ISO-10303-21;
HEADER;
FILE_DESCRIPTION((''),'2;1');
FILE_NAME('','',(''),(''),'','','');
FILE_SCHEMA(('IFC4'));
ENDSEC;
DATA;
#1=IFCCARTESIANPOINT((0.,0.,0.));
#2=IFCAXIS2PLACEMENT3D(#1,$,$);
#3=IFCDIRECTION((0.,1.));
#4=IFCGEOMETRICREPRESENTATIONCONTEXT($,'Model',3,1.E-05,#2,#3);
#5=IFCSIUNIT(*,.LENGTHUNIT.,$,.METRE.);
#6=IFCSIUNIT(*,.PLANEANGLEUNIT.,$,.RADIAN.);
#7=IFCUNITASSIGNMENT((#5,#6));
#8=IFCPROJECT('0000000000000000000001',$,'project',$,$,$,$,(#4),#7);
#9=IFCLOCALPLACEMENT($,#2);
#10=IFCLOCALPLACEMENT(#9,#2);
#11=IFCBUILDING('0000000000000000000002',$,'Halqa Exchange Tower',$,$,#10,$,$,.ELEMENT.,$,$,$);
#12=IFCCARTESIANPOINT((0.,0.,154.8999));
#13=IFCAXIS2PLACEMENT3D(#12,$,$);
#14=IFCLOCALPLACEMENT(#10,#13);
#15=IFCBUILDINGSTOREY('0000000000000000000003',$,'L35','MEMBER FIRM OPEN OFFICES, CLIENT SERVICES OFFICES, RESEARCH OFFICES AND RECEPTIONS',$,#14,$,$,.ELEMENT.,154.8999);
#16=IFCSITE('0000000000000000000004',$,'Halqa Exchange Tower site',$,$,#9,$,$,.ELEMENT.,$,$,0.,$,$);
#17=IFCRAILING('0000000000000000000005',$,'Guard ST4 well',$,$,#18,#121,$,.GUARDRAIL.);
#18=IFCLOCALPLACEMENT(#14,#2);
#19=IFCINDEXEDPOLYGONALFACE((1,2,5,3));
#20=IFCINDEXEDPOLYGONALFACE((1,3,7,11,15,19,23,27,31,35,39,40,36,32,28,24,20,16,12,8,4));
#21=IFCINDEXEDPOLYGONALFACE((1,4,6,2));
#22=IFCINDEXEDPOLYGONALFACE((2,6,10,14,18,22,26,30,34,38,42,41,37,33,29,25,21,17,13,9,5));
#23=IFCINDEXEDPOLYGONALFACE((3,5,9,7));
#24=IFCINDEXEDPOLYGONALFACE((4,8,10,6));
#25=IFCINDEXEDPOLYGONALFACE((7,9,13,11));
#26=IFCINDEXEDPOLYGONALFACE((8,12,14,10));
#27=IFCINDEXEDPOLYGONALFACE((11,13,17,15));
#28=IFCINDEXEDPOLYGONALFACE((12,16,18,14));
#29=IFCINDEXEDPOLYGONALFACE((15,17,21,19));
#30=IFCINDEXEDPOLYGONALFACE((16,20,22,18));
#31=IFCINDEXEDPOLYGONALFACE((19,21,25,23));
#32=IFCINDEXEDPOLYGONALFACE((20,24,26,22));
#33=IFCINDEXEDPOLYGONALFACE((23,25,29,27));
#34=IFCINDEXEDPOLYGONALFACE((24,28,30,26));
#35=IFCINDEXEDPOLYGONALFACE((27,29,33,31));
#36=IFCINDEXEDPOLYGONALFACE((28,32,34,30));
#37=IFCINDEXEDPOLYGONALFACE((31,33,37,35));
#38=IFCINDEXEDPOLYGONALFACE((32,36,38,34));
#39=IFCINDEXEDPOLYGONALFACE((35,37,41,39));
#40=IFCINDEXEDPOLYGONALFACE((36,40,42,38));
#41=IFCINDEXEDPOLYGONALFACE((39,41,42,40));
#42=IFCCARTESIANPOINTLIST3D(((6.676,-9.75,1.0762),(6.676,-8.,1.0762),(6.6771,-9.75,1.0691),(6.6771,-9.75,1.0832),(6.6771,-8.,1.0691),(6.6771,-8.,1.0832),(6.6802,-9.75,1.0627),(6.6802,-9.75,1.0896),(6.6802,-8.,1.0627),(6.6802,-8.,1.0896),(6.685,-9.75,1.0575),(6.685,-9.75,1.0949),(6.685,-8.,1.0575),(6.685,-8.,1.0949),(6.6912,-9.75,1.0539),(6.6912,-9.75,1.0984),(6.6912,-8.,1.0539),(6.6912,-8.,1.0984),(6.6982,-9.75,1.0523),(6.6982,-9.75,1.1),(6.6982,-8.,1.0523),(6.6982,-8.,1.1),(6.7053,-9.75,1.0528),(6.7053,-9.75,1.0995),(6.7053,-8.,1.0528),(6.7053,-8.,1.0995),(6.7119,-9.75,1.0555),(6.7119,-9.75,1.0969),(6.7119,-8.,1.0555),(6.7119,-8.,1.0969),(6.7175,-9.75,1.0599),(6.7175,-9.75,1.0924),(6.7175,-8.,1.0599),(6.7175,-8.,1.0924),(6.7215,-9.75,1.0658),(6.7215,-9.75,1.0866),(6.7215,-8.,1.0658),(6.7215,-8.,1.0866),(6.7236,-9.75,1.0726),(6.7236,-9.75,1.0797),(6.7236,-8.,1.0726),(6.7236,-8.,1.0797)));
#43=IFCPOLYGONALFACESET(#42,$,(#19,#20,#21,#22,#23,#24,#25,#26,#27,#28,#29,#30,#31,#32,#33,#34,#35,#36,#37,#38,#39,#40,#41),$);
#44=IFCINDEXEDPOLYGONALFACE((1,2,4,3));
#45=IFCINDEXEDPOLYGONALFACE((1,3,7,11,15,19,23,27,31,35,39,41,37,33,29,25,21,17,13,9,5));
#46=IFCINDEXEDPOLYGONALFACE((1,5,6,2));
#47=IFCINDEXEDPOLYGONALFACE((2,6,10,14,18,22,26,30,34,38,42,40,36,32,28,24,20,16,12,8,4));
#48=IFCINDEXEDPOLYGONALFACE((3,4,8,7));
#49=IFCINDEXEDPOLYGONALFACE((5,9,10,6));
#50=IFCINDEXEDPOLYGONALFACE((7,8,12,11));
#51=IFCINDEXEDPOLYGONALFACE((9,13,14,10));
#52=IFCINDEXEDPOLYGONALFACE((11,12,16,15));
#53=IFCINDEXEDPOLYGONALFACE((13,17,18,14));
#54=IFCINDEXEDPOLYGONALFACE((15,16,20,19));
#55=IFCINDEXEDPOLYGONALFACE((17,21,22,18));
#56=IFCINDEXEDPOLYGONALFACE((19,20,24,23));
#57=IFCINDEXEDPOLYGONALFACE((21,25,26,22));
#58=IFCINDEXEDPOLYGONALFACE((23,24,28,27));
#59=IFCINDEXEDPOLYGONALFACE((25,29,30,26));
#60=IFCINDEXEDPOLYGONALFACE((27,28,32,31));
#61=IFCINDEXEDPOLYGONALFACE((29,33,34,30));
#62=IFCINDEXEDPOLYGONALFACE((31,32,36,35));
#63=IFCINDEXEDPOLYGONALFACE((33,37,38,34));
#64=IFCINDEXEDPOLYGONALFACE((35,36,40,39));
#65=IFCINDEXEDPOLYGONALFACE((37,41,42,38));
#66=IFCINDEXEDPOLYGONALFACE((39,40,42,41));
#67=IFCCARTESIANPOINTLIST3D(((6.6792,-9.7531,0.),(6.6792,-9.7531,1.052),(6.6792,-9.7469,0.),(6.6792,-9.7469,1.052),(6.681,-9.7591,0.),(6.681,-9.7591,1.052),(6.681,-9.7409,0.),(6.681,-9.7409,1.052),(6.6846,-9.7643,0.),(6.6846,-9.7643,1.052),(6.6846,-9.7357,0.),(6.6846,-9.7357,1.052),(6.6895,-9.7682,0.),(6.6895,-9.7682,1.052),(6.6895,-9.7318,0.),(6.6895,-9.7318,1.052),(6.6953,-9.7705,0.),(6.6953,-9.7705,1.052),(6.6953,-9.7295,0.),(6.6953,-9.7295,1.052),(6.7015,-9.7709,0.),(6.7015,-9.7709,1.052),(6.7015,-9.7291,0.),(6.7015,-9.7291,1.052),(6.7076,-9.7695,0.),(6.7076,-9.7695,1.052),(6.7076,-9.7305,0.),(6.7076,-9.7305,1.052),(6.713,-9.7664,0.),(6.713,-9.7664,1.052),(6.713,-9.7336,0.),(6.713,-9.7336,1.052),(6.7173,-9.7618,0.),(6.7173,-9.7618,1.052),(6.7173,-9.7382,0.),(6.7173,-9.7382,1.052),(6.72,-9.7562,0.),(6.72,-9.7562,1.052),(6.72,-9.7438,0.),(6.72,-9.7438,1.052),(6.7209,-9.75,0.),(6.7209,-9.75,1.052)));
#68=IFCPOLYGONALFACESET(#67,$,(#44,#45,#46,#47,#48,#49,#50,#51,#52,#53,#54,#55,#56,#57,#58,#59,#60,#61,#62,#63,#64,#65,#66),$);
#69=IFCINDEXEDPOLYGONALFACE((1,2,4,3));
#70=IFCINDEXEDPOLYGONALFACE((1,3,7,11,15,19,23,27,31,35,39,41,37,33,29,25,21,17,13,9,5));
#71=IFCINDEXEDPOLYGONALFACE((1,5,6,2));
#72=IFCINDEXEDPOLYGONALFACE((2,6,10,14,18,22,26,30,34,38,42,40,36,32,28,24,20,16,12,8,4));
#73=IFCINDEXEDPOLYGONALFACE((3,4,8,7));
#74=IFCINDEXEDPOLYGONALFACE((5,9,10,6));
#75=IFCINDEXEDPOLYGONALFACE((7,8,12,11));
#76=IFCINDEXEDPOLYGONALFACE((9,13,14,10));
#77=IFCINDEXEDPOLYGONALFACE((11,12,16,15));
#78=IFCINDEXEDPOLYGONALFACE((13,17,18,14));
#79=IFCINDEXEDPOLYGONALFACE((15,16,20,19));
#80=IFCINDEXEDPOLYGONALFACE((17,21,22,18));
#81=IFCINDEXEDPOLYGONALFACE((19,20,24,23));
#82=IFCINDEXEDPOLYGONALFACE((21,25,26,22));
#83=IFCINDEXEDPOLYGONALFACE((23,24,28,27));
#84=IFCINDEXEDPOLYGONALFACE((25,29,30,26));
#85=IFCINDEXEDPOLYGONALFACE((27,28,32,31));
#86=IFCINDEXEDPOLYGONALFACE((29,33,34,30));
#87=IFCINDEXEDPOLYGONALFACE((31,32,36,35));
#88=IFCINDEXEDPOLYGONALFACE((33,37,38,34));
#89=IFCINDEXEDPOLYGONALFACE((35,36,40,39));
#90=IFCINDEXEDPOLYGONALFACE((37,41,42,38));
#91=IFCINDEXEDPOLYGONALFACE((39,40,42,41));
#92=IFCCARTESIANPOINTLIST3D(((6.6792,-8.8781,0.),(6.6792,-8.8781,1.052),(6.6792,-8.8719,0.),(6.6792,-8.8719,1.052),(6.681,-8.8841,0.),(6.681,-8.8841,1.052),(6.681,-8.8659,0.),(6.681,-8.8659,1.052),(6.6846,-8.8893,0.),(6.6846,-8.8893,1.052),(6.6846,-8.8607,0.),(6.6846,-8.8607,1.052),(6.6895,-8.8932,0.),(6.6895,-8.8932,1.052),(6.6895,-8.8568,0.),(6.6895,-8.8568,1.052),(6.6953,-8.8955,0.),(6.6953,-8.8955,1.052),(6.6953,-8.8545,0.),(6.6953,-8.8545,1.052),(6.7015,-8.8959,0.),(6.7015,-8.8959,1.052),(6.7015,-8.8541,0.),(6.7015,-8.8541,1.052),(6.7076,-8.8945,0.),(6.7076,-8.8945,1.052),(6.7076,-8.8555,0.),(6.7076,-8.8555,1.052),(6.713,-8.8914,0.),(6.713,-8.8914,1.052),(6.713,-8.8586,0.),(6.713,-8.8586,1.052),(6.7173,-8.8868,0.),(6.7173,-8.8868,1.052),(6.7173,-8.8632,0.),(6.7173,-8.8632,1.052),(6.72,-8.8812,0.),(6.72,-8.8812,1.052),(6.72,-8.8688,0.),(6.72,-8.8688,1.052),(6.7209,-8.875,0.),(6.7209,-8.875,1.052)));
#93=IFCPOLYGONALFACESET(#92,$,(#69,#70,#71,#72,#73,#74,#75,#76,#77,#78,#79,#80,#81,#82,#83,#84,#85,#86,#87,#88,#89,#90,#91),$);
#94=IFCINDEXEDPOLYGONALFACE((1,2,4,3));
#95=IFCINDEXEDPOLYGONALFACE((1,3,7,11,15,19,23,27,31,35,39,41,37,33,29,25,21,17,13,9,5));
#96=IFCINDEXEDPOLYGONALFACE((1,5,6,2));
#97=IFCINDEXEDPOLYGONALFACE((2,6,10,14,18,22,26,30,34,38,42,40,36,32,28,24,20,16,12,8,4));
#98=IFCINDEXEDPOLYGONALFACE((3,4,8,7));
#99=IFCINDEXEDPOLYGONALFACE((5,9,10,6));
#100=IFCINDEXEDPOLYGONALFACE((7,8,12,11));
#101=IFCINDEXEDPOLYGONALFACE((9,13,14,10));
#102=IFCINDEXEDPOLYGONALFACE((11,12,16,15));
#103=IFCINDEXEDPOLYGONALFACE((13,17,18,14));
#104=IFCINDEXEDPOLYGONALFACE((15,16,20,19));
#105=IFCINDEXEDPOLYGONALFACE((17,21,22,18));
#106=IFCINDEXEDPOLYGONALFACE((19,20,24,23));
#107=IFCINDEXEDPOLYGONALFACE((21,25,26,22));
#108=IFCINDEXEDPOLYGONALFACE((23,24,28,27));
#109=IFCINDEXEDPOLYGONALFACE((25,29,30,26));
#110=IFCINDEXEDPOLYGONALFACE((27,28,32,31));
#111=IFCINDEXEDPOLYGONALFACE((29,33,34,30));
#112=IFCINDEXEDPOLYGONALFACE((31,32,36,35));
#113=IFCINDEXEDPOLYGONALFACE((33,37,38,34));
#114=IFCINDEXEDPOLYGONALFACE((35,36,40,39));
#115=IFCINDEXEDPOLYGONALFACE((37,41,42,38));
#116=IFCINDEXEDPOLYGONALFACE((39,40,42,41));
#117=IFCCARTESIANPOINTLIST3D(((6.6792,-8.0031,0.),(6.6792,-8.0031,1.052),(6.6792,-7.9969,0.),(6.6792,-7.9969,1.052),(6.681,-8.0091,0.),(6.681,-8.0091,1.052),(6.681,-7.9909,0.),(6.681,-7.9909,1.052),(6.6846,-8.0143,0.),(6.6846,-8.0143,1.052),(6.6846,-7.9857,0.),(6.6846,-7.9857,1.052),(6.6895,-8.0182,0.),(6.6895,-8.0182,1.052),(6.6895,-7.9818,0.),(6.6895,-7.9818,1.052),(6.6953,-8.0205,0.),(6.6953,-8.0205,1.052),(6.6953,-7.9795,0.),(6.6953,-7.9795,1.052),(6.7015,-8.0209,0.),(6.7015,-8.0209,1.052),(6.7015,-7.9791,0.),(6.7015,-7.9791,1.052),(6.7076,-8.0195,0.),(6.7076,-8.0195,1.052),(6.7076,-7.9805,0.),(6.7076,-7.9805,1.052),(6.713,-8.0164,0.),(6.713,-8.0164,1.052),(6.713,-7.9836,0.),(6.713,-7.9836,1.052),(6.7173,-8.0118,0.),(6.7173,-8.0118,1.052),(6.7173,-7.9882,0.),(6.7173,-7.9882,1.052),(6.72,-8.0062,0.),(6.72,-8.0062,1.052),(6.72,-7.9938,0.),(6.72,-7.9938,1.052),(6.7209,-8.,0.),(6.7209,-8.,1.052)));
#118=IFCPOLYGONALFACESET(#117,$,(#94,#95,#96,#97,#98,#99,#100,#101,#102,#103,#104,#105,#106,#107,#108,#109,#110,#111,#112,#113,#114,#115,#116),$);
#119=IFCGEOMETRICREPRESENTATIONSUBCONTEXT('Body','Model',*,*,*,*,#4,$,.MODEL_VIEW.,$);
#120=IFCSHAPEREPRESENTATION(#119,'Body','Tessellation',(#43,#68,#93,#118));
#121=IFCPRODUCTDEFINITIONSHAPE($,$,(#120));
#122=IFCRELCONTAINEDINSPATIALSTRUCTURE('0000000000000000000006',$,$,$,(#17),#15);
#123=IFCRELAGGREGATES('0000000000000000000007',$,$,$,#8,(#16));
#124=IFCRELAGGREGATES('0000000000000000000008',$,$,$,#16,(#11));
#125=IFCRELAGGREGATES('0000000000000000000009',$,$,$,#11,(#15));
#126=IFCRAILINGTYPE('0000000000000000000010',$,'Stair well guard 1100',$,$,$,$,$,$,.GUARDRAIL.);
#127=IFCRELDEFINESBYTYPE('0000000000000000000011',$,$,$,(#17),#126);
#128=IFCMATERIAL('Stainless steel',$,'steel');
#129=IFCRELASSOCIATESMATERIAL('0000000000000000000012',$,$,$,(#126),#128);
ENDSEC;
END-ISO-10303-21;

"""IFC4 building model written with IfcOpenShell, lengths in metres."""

from ifc_helpers import new_model, si_unit, direction, frame, origin, origin_2d, place, context, subcontext, project, spatial, circle, extrude, material, type_object, element, save


model = new_model("IFC4")

# Units and contexts
model_context = context("Model", 3, precision=1e-05, world=origin(), true_north=direction((0.0, 1.0)))
body_context = subcontext(model_context, "Body", "Model", "MODEL_VIEW")
ifc_project = project(units=[si_unit("LENGTHUNIT", "METRE"), si_unit("PLANEANGLEUNIT", "RADIAN")], contexts=[model_context])

# Site, building, storey
site_placement = place(None, origin())
site = spatial("IfcSite", under=ifc_project, at=site_placement, Name="Halqa Exchange Tower site", CompositionType="ELEMENT", RefElevation=0.0)
building_placement = place(site_placement, origin())
building = spatial("IfcBuilding", under=site, at=building_placement, Name="Halqa Exchange Tower", CompositionType="ELEMENT")
storey_placement = place(building_placement, frame((0.0, 0.0, 154.8999)))
storey = spatial("IfcBuildingStorey", under=building, at=storey_placement, Name="L35", Description="MEMBER FIRM OPEN OFFICES, CLIENT SERVICES OFFICES, RESEARCH OFFICES AND RECEPTIONS", CompositionType="ELEMENT", Elevation=154.8999)

# Railing
ifc_material_1 = material(Name="Stainless steel", Category="steel")
railing_type_1 = type_object("IfcRailingType", Name="Stair well guard 1100", PredefinedType="GUARDRAIL", material=ifc_material_1)
railing_1_placement = place(storey_placement, frame((6.7, -9.75, 0.0)))
element("IfcRailing", 1, at=railing_1_placement, inside=storey, type_object=railing_type_1, Name="Guard ST4 well", PredefinedType="GUARDRAIL", context=body_context, shape_type="SweptSolid", body=[
    extrude(circle(Radius=0.0239, at=origin_2d()), frame((0.0, 0.0, 1.0762), z_axis=(0.0, 1.0, 0.0), x_axis=(-1.0, 0.0, 0.0)), (0.0, 0.0, 1.0), 1.75),
    extrude(circle(Radius=0.021, at=origin_2d()), origin(), (0.0, 0.0, 1.0), 1.052),
    extrude(circle(Radius=0.021, at=origin_2d()), frame((0.0, 0.875, 0.0)), (0.0, 0.0, 1.0), 1.052),
    extrude(circle(Radius=0.021, at=origin_2d()), frame((0.0, 1.75, 0.0)), (0.0, 0.0, 1.0), 1.052),
])

save(model, "model.ifc")
